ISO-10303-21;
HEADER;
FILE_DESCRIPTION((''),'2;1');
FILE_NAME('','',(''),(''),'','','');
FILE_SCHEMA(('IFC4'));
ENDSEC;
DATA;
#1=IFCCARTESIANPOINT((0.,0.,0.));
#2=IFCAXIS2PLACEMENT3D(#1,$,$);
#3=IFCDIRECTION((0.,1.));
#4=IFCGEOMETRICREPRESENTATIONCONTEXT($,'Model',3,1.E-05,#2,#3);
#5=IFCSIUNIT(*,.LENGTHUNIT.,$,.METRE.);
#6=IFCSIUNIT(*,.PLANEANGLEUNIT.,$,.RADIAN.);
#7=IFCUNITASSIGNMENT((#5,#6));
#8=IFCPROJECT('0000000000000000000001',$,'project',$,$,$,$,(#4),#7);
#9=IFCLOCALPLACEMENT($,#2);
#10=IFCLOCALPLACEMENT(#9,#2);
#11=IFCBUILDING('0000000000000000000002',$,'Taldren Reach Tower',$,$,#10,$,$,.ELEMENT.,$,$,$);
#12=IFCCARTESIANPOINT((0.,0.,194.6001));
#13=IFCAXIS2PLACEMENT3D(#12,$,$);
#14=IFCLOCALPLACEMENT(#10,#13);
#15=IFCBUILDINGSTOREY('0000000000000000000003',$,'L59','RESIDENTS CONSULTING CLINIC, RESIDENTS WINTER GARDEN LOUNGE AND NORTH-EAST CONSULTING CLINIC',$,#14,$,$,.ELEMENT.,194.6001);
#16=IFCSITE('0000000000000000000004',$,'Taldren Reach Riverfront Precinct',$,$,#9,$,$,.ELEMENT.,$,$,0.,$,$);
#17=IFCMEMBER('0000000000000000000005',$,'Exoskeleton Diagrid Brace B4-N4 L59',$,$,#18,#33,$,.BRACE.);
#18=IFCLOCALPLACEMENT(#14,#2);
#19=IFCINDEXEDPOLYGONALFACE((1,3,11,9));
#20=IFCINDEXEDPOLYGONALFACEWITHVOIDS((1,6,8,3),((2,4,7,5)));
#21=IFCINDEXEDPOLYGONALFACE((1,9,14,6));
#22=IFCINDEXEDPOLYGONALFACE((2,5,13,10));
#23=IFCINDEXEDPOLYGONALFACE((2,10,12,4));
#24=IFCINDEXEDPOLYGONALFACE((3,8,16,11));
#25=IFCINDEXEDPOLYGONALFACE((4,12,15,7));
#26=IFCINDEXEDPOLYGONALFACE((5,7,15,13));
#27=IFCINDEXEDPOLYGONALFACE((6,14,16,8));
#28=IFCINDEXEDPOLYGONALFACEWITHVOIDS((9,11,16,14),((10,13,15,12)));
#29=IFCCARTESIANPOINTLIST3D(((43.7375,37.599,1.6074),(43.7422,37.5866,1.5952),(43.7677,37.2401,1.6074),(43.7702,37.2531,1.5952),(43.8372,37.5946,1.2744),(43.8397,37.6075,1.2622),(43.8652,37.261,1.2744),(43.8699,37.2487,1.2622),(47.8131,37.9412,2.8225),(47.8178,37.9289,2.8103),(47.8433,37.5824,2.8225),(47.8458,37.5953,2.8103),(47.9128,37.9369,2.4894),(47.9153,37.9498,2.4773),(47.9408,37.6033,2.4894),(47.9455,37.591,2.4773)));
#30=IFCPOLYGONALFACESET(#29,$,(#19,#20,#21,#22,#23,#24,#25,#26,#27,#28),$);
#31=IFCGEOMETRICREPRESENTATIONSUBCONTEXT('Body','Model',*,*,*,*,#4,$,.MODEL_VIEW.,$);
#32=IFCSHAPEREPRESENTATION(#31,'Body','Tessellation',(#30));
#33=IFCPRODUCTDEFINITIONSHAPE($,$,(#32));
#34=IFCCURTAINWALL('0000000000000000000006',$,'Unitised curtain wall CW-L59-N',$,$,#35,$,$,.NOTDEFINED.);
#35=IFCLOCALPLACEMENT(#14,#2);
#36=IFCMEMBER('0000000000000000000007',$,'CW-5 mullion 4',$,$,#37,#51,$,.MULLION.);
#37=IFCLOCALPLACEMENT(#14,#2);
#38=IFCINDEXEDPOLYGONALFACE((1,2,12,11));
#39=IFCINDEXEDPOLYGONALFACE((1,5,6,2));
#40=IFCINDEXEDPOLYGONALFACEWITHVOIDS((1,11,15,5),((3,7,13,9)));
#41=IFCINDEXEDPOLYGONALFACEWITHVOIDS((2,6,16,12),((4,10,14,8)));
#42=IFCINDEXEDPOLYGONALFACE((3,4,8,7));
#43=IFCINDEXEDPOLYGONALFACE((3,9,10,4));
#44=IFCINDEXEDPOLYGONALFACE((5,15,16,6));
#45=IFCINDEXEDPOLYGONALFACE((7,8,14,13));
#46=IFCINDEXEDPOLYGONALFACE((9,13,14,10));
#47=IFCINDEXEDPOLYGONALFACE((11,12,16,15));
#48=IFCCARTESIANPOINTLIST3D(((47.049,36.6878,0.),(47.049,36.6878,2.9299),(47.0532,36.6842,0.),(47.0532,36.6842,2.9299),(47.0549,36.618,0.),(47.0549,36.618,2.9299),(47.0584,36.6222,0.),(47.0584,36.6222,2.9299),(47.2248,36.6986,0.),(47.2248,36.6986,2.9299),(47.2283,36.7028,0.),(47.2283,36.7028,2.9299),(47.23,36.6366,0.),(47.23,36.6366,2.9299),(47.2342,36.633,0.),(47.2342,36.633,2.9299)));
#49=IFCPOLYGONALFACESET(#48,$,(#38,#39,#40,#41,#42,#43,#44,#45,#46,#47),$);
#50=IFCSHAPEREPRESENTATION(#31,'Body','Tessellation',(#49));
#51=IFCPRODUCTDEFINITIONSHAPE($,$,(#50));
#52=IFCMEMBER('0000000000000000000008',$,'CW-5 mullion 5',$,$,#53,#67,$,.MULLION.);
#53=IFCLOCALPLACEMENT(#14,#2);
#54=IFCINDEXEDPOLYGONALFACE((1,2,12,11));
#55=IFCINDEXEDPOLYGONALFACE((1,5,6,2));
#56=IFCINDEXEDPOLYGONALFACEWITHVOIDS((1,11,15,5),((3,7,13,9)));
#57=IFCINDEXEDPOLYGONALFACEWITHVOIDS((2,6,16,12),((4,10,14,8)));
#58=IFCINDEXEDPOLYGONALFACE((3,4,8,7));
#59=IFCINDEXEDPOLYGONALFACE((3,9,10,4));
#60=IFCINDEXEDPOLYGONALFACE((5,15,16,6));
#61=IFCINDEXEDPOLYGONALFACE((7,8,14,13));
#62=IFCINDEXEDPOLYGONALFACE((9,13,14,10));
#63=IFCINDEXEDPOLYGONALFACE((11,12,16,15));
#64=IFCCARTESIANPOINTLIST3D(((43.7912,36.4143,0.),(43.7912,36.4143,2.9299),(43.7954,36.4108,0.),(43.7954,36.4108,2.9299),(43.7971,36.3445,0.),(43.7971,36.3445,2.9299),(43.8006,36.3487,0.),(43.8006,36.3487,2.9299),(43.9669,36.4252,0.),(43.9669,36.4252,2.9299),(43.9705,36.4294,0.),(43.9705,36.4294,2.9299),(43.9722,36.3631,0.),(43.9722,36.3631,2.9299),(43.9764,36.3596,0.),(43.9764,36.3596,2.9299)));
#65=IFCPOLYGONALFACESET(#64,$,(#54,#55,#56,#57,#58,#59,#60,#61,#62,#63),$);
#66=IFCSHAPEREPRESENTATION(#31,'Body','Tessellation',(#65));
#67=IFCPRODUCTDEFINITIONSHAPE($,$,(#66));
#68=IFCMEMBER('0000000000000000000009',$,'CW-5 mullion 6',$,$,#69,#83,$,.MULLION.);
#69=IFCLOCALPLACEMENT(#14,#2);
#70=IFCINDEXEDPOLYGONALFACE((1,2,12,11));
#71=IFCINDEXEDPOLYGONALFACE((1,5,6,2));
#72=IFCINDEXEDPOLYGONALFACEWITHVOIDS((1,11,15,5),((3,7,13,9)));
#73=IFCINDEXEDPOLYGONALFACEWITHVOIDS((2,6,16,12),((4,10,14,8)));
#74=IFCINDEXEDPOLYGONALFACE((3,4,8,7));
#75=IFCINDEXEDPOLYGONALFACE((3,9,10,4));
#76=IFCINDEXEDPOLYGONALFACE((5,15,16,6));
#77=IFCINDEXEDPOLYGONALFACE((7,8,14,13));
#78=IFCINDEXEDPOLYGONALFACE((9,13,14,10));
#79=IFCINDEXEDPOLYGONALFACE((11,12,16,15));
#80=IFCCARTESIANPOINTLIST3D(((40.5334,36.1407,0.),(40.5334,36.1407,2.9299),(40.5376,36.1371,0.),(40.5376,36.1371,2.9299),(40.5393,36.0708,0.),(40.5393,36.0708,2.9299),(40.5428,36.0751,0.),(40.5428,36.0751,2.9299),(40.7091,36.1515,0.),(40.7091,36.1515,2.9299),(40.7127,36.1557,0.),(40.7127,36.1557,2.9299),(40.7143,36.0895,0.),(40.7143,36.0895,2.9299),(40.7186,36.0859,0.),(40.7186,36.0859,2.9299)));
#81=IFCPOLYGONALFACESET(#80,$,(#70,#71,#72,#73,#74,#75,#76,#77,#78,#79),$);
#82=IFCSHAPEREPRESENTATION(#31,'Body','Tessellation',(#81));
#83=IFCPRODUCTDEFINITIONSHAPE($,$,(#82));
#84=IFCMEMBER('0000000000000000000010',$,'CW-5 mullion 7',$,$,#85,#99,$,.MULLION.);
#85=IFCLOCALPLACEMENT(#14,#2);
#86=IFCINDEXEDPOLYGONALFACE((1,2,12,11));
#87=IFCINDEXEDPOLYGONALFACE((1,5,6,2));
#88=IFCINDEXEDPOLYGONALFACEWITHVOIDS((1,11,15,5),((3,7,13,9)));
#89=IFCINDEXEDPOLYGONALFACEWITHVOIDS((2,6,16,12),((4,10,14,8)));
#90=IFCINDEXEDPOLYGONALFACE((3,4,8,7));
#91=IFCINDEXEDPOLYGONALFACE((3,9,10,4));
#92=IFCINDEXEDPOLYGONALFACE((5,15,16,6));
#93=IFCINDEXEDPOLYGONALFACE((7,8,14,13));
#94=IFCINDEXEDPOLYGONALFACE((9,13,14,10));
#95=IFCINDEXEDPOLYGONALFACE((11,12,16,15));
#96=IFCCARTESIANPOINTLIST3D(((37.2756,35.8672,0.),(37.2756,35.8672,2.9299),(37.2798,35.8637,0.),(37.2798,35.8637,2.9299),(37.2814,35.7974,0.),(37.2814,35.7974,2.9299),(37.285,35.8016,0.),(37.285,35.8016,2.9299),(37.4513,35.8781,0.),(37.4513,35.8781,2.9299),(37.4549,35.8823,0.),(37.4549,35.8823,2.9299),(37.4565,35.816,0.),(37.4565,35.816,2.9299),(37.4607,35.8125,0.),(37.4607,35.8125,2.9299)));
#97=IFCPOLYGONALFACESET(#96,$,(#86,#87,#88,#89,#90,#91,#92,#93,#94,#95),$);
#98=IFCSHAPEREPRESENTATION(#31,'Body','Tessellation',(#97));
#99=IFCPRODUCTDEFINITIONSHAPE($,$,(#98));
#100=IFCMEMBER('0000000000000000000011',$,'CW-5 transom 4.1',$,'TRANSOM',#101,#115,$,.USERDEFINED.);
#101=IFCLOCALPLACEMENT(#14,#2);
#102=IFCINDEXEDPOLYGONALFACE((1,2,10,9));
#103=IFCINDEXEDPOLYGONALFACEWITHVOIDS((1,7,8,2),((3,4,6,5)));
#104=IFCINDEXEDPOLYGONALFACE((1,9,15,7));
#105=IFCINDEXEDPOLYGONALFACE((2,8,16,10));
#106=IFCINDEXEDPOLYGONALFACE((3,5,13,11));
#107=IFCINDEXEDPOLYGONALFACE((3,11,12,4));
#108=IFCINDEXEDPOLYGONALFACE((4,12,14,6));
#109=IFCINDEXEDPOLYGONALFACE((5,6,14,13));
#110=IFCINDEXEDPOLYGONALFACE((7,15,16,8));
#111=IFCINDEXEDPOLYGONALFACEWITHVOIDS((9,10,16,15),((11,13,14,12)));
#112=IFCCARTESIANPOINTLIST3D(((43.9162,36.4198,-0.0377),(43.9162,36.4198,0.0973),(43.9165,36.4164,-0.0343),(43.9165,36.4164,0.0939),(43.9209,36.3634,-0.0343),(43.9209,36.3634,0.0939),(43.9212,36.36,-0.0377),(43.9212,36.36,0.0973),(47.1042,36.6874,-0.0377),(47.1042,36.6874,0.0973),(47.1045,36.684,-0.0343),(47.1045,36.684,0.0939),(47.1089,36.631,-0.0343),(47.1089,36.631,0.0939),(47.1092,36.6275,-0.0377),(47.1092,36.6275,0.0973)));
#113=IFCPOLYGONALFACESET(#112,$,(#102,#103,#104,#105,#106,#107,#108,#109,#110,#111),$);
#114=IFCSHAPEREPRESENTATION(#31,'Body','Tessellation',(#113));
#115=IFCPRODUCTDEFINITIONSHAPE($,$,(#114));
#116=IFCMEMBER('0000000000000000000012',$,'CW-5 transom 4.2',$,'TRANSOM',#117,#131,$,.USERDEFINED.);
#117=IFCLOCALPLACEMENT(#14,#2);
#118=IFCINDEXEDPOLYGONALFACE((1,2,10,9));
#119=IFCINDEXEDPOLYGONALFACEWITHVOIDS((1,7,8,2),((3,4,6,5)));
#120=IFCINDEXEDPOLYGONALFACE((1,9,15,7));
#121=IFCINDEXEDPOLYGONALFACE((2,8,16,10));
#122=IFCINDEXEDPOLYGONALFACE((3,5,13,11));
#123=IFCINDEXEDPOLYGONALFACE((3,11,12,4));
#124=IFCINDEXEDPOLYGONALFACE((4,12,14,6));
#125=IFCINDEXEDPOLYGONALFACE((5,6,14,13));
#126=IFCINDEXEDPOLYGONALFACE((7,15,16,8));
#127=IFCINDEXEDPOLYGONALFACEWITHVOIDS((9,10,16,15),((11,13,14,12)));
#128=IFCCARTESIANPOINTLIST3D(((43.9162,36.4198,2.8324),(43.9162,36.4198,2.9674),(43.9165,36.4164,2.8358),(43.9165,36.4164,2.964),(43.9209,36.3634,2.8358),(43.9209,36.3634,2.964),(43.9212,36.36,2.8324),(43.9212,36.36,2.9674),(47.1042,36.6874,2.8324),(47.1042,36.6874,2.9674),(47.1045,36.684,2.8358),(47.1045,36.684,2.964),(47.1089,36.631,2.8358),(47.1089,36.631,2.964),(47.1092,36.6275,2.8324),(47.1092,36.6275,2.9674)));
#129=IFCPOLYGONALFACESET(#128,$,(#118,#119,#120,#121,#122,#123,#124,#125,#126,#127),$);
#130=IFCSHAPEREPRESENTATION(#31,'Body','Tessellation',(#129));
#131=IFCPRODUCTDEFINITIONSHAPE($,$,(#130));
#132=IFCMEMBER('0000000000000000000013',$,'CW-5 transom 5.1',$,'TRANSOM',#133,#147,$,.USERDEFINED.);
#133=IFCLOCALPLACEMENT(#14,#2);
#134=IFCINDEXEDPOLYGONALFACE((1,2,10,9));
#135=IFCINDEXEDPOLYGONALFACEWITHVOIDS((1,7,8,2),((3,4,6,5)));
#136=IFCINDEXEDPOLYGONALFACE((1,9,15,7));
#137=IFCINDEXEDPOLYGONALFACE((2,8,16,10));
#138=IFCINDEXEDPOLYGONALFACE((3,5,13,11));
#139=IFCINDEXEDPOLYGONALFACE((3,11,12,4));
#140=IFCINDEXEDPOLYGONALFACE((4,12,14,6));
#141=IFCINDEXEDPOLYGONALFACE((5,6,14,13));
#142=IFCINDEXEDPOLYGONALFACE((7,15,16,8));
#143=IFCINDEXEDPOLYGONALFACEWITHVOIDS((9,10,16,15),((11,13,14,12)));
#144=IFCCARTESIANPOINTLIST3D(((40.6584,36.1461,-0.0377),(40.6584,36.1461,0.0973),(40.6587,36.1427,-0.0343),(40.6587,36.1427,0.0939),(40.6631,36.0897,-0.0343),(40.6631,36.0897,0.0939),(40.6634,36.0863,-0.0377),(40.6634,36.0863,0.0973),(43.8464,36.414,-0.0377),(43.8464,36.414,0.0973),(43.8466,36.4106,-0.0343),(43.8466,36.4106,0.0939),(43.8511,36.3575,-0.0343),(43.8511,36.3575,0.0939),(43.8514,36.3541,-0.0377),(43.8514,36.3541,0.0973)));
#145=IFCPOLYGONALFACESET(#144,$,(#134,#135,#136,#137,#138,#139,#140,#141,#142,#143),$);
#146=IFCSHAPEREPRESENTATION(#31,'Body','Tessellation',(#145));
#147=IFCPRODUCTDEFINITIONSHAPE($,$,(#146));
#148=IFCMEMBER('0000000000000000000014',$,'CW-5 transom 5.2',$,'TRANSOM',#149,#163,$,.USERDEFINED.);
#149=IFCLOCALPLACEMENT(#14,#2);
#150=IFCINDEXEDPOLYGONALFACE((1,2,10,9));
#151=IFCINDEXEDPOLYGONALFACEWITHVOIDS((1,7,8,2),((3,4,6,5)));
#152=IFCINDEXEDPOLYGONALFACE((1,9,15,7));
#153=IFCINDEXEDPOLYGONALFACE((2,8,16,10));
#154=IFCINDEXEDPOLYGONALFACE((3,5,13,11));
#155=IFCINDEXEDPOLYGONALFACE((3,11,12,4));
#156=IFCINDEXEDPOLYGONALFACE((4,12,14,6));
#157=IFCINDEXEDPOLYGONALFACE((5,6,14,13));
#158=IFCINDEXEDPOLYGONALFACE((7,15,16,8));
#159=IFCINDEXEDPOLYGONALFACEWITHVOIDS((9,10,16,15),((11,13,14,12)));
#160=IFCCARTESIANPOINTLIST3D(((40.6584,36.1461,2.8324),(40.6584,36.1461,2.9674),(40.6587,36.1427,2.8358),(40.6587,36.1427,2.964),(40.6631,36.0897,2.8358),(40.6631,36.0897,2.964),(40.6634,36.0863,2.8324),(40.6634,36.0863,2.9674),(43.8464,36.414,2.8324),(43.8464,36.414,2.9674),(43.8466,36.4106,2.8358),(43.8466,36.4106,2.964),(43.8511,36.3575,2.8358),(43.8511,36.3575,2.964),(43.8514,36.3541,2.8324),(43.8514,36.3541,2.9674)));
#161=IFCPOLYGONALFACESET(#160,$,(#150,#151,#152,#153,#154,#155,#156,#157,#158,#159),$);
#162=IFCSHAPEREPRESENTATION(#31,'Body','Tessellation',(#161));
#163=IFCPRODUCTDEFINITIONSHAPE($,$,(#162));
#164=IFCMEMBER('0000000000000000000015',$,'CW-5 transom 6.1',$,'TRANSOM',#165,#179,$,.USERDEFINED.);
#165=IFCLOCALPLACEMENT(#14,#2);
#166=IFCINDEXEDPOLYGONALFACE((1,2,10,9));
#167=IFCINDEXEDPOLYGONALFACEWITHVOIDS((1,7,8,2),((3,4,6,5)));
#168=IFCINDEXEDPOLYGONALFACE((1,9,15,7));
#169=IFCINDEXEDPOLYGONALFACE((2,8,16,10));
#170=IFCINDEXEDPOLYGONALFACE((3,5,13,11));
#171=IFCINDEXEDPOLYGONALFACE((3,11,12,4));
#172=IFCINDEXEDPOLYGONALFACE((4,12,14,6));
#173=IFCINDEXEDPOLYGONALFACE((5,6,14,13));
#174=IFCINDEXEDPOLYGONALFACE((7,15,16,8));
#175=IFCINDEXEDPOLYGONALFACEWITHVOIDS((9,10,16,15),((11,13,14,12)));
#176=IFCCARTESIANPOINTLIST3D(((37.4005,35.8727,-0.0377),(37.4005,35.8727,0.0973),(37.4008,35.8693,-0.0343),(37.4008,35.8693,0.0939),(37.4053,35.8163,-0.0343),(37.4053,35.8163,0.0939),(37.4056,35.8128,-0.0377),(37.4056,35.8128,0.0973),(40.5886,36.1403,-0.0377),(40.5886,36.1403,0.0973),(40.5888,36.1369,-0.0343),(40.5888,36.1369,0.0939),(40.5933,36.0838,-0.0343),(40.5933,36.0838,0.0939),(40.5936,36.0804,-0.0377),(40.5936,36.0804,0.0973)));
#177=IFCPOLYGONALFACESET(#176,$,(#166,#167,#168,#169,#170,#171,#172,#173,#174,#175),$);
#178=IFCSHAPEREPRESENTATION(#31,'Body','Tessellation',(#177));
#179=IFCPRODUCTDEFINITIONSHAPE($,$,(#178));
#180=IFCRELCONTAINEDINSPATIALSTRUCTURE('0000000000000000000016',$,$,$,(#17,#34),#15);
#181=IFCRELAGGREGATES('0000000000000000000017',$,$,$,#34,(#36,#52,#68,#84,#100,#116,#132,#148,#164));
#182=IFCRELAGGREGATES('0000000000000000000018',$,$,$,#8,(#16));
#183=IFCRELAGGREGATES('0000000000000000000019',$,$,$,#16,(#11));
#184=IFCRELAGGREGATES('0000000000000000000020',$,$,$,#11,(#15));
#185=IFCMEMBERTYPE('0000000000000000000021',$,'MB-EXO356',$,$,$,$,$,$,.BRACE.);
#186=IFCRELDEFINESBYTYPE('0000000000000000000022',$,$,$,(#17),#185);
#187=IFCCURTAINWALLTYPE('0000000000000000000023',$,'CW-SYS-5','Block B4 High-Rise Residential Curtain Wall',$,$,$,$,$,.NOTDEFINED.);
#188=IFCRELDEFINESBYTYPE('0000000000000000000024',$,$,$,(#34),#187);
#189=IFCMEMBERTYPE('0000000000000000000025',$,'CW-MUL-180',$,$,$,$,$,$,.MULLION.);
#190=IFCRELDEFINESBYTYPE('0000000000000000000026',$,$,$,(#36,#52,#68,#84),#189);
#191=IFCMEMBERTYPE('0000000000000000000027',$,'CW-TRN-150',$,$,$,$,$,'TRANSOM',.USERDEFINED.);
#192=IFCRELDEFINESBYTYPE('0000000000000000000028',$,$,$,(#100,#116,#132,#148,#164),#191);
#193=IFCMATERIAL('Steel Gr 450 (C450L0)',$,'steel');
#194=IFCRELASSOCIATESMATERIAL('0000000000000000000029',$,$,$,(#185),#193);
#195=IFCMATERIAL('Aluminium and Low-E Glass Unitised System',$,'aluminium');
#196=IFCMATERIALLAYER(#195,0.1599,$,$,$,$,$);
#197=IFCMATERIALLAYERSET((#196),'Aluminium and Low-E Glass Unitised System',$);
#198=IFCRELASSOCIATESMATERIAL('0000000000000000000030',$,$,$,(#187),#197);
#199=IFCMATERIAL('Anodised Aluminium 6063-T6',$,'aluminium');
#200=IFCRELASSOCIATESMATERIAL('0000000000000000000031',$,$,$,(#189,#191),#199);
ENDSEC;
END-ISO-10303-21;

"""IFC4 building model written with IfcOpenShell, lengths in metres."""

from ifc_helpers import new_model, si_unit, direction, frame, origin, origin_2d, place, context, subcontext, project, spatial, hollow_rectangle, extrude, source, transform, mapped, material, layer, layer_set, material_profile, profile_set, type_object, element, aggregate, save


model = new_model("IFC4")

# Units and contexts
model_context = context("Model", 3, precision=1e-05, world=origin(), true_north=direction((0.0, 1.0)))
body_context = subcontext(model_context, "Body", "Model", "MODEL_VIEW")
ifc_project = project(units=[si_unit("LENGTHUNIT", "METRE"), si_unit("PLANEANGLEUNIT", "RADIAN")], contexts=[model_context])

# Site, building, storey
site_placement = place(None, origin())
site = spatial("IfcSite", under=ifc_project, at=site_placement, Name="Taldren Reach Riverfront Precinct", CompositionType="ELEMENT", RefElevation=0.0)
building_placement = place(site_placement, origin())
building = spatial("IfcBuilding", under=site, at=building_placement, Name="Taldren Reach Tower", CompositionType="ELEMENT")
storey_placement = place(building_placement, frame((0.0, 0.0, 194.6001)))
storey = spatial("IfcBuildingStorey", under=building, at=storey_placement, Name="L59", Description="RESIDENTS CONSULTING CLINIC, RESIDENTS WINTER GARDEN LOUNGE AND NORTH-EAST CONSULTING CLINIC", CompositionType="ELEMENT", Elevation=194.6001)

# Member
ifc_material_1 = material(Name="Steel Gr 450 (C450L0)", Category="steel")
ifc_material_profile_1 = material_profile(ifc_material_1, hollow_rectangle(XDim=0.3601, YDim=0.3601, WallThickness=0.0127, at=origin_2d()), Name="360x360x12.7SHS")
ifc_profile_set_1 = profile_set([ifc_material_profile_1], Name="Steel Gr 450 (C450L0)")
member_type_1 = type_object("IfcMemberType", Name="MB-EXO356", PredefinedType="BRACE", material=ifc_profile_set_1)
shared_shape_1 = source(origin(), body_context, "Body", "SweptSolid", [
    extrude(hollow_rectangle(XDim=0.3601, YDim=0.3601, WallThickness=0.0127, at=origin_2d()), origin(), (0.0, 0.0, 1.0), 4.2666),
])
for number, where, z_axis, x_axis, name in (
    (1, (43.8037, 37.4238, 1.4348), (0.955229, 0.080222, 0.284783), (-0.083688, 0.996492, 0.0), "Exoskeleton Diagrid Brace B4-N4 L59"),
):
    element("IfcMember", number, at=place(storey_placement, frame(where, z_axis=z_axis, x_axis=x_axis)), inside=storey, type_object=member_type_1, Name=name, PredefinedType="BRACE", context=body_context, shape_type="MappedRepresentation", body=[
        mapped(shared_shape_1, transform((0.0, 0.0, 0.0), scale=1.0)),
    ])

# Curtain wall, members
ifc_material_2 = material(Name="Aluminium and Low-E Glass Unitised System", Category="aluminium")
ifc_layer_1 = layer(ifc_material_2, 0.1599)
ifc_layer_set_1 = layer_set([ifc_layer_1], Name="Aluminium and Low-E Glass Unitised System")
curtain_wall_type = type_object("IfcCurtainWallType", Name="CW-SYS-5", Description="Block B4 High-Rise Residential Curtain Wall", PredefinedType="NOTDEFINED", material=ifc_layer_set_1)
curtain_wall_placement = place(storey_placement, origin())
curtain_wall = element("IfcCurtainWall", 2, at=curtain_wall_placement, inside=storey, type_object=curtain_wall_type, Name="Unitised curtain wall CW-L59-N", PredefinedType="NOTDEFINED")
ifc_material_3 = material(Name="Anodised Aluminium 6063-T6", Category="aluminium")
ifc_material_profile_2 = material_profile(ifc_material_3, hollow_rectangle(XDim=0.0701, YDim=0.1799, WallThickness=0.0039, at=origin_2d()), Name="ALU-180x70x4RHS")
ifc_profile_set_2 = profile_set([ifc_material_profile_2], Name="Anodised Aluminium 6063-T6")
member_type_2 = type_object("IfcMemberType", Name="CW-MUL-180", PredefinedType="MULLION", material=ifc_profile_set_2)
shared_shape_2 = source(origin(), body_context, "Body", "SweptSolid", [
    extrude(hollow_rectangle(XDim=0.0701, YDim=0.1799, WallThickness=0.0039, at=origin_2d()), origin(), (0.0, 0.0, 1.0), 2.9299),
])
member_1_placement = place(storey_placement, frame((47.1416, 36.6604, 0.0), z_axis=(0.0, 0.0, 1.0), x_axis=(0.083678, -0.996493, 0.0)))
member_1 = element("IfcMember", 3, at=member_1_placement, type_object=member_type_2, Name="CW-5 mullion 4", PredefinedType="MULLION", context=body_context, shape_type="MappedRepresentation", body=[
    mapped(shared_shape_2, transform((0.0, 0.0, 0.0), scale=1.0)),
])
member_2_placement = place(storey_placement, frame((43.8838, 36.387, 0.0), z_axis=(0.0, 0.0, 1.0), x_axis=(0.083678, -0.996493, 0.0)))
member_2 = element("IfcMember", 4, at=member_2_placement, type_object=member_type_2, Name="CW-5 mullion 5", PredefinedType="MULLION", context=body_context, shape_type="MappedRepresentation", body=[
    mapped(shared_shape_2, transform((0.0, 0.0, 0.0), scale=1.0)),
])
member_3_placement = place(storey_placement, frame((40.626, 36.1133, 0.0), z_axis=(0.0, 0.0, 1.0), x_axis=(0.083678, -0.996493, 0.0)))
member_3 = element("IfcMember", 5, at=member_3_placement, type_object=member_type_2, Name="CW-5 mullion 6", PredefinedType="MULLION", context=body_context, shape_type="MappedRepresentation", body=[
    mapped(shared_shape_2, transform((0.0, 0.0, 0.0), scale=1.0)),
])
member_4_placement = place(storey_placement, frame((37.3682, 35.8398, 0.0), z_axis=(0.0, 0.0, 1.0), x_axis=(0.083678, -0.996493, 0.0)))
member_4 = element("IfcMember", 6, at=member_4_placement, type_object=member_type_2, Name="CW-5 mullion 7", PredefinedType="MULLION", context=body_context, shape_type="MappedRepresentation", body=[
    mapped(shared_shape_2, transform((0.0, 0.0, 0.0), scale=1.0)),
])
ifc_material_profile_3 = material_profile(ifc_material_3, hollow_rectangle(XDim=0.0601, YDim=0.135, WallThickness=0.0034, at=origin_2d()), Name="ALU-135x60x3.5RHS")
ifc_profile_set_3 = profile_set([ifc_material_profile_3], Name="Anodised Aluminium 6063-T6")
member_type_3 = type_object("IfcMemberType", Name="CW-TRN-150", ElementType="TRANSOM", PredefinedType="USERDEFINED", material=ifc_profile_set_3)
shared_shape_3 = source(origin(), body_context, "Body", "SweptSolid", [
    extrude(hollow_rectangle(XDim=0.0601, YDim=0.135, WallThickness=0.0034, at=origin_2d()), origin(), (0.0, 0.0, 1.0), 3.1992),
])
member_5_placement = place(storey_placement, frame((47.1067, 36.6575, 0.0298), z_axis=(-0.996496, -0.083639, 0.0), x_axis=(0.083639, -0.996496, 0.0)))
member_5 = element("IfcMember", 7, at=member_5_placement, type_object=member_type_3, Name="CW-5 transom 4.1", ObjectType="TRANSOM", PredefinedType="USERDEFINED", context=body_context, shape_type="MappedRepresentation", body=[
    mapped(shared_shape_3, transform((0.0, 0.0, 0.0), scale=1.0)),
])
member_6_placement = place(storey_placement, frame((47.1067, 36.6575, 2.8999), z_axis=(-0.996496, -0.083639, 0.0), x_axis=(0.083639, -0.996496, 0.0)))
member_6 = element("IfcMember", 8, at=member_6_placement, type_object=member_type_3, Name="CW-5 transom 4.2", ObjectType="TRANSOM", PredefinedType="USERDEFINED", context=body_context, shape_type="MappedRepresentation", body=[
    mapped(shared_shape_3, transform((0.0, 0.0, 0.0), scale=1.0)),
])
member_7_placement = place(storey_placement, frame((43.8489, 36.384, 0.0298), z_axis=(-0.99649, -0.083715, 0.0), x_axis=(0.083715, -0.99649, 0.0)))
member_7 = element("IfcMember", 9, at=member_7_placement, type_object=member_type_3, Name="CW-5 transom 5.1", ObjectType="TRANSOM", PredefinedType="USERDEFINED", context=body_context, shape_type="MappedRepresentation", body=[
    mapped(shared_shape_3, transform((0.0, 0.0, 0.0), scale=1.0)),
])
member_8_placement = place(storey_placement, frame((43.8489, 36.384, 2.8999), z_axis=(-0.99649, -0.083715, 0.0), x_axis=(0.083715, -0.99649, 0.0)))
member_8 = element("IfcMember", 10, at=member_8_placement, type_object=member_type_3, Name="CW-5 transom 5.2", ObjectType="TRANSOM", PredefinedType="USERDEFINED", context=body_context, shape_type="MappedRepresentation", body=[
    mapped(shared_shape_3, transform((0.0, 0.0, 0.0), scale=1.0)),
])
member_9_placement = place(storey_placement, frame((40.5911, 36.1104, 0.0298), z_axis=(-0.996496, -0.083639, 0.0), x_axis=(0.083639, -0.996496, 0.0)))
member_9 = element("IfcMember", 11, at=member_9_placement, type_object=member_type_3, Name="CW-5 transom 6.1", ObjectType="TRANSOM", PredefinedType="USERDEFINED", context=body_context, shape_type="MappedRepresentation", body=[
    mapped(shared_shape_3, transform((0.0, 0.0, 0.0), scale=1.0)),
])

aggregate(curtain_wall, [member_1, member_2, member_3, member_4, member_5, member_6, member_7, member_8, member_9])

save(model, "model.ifc")
